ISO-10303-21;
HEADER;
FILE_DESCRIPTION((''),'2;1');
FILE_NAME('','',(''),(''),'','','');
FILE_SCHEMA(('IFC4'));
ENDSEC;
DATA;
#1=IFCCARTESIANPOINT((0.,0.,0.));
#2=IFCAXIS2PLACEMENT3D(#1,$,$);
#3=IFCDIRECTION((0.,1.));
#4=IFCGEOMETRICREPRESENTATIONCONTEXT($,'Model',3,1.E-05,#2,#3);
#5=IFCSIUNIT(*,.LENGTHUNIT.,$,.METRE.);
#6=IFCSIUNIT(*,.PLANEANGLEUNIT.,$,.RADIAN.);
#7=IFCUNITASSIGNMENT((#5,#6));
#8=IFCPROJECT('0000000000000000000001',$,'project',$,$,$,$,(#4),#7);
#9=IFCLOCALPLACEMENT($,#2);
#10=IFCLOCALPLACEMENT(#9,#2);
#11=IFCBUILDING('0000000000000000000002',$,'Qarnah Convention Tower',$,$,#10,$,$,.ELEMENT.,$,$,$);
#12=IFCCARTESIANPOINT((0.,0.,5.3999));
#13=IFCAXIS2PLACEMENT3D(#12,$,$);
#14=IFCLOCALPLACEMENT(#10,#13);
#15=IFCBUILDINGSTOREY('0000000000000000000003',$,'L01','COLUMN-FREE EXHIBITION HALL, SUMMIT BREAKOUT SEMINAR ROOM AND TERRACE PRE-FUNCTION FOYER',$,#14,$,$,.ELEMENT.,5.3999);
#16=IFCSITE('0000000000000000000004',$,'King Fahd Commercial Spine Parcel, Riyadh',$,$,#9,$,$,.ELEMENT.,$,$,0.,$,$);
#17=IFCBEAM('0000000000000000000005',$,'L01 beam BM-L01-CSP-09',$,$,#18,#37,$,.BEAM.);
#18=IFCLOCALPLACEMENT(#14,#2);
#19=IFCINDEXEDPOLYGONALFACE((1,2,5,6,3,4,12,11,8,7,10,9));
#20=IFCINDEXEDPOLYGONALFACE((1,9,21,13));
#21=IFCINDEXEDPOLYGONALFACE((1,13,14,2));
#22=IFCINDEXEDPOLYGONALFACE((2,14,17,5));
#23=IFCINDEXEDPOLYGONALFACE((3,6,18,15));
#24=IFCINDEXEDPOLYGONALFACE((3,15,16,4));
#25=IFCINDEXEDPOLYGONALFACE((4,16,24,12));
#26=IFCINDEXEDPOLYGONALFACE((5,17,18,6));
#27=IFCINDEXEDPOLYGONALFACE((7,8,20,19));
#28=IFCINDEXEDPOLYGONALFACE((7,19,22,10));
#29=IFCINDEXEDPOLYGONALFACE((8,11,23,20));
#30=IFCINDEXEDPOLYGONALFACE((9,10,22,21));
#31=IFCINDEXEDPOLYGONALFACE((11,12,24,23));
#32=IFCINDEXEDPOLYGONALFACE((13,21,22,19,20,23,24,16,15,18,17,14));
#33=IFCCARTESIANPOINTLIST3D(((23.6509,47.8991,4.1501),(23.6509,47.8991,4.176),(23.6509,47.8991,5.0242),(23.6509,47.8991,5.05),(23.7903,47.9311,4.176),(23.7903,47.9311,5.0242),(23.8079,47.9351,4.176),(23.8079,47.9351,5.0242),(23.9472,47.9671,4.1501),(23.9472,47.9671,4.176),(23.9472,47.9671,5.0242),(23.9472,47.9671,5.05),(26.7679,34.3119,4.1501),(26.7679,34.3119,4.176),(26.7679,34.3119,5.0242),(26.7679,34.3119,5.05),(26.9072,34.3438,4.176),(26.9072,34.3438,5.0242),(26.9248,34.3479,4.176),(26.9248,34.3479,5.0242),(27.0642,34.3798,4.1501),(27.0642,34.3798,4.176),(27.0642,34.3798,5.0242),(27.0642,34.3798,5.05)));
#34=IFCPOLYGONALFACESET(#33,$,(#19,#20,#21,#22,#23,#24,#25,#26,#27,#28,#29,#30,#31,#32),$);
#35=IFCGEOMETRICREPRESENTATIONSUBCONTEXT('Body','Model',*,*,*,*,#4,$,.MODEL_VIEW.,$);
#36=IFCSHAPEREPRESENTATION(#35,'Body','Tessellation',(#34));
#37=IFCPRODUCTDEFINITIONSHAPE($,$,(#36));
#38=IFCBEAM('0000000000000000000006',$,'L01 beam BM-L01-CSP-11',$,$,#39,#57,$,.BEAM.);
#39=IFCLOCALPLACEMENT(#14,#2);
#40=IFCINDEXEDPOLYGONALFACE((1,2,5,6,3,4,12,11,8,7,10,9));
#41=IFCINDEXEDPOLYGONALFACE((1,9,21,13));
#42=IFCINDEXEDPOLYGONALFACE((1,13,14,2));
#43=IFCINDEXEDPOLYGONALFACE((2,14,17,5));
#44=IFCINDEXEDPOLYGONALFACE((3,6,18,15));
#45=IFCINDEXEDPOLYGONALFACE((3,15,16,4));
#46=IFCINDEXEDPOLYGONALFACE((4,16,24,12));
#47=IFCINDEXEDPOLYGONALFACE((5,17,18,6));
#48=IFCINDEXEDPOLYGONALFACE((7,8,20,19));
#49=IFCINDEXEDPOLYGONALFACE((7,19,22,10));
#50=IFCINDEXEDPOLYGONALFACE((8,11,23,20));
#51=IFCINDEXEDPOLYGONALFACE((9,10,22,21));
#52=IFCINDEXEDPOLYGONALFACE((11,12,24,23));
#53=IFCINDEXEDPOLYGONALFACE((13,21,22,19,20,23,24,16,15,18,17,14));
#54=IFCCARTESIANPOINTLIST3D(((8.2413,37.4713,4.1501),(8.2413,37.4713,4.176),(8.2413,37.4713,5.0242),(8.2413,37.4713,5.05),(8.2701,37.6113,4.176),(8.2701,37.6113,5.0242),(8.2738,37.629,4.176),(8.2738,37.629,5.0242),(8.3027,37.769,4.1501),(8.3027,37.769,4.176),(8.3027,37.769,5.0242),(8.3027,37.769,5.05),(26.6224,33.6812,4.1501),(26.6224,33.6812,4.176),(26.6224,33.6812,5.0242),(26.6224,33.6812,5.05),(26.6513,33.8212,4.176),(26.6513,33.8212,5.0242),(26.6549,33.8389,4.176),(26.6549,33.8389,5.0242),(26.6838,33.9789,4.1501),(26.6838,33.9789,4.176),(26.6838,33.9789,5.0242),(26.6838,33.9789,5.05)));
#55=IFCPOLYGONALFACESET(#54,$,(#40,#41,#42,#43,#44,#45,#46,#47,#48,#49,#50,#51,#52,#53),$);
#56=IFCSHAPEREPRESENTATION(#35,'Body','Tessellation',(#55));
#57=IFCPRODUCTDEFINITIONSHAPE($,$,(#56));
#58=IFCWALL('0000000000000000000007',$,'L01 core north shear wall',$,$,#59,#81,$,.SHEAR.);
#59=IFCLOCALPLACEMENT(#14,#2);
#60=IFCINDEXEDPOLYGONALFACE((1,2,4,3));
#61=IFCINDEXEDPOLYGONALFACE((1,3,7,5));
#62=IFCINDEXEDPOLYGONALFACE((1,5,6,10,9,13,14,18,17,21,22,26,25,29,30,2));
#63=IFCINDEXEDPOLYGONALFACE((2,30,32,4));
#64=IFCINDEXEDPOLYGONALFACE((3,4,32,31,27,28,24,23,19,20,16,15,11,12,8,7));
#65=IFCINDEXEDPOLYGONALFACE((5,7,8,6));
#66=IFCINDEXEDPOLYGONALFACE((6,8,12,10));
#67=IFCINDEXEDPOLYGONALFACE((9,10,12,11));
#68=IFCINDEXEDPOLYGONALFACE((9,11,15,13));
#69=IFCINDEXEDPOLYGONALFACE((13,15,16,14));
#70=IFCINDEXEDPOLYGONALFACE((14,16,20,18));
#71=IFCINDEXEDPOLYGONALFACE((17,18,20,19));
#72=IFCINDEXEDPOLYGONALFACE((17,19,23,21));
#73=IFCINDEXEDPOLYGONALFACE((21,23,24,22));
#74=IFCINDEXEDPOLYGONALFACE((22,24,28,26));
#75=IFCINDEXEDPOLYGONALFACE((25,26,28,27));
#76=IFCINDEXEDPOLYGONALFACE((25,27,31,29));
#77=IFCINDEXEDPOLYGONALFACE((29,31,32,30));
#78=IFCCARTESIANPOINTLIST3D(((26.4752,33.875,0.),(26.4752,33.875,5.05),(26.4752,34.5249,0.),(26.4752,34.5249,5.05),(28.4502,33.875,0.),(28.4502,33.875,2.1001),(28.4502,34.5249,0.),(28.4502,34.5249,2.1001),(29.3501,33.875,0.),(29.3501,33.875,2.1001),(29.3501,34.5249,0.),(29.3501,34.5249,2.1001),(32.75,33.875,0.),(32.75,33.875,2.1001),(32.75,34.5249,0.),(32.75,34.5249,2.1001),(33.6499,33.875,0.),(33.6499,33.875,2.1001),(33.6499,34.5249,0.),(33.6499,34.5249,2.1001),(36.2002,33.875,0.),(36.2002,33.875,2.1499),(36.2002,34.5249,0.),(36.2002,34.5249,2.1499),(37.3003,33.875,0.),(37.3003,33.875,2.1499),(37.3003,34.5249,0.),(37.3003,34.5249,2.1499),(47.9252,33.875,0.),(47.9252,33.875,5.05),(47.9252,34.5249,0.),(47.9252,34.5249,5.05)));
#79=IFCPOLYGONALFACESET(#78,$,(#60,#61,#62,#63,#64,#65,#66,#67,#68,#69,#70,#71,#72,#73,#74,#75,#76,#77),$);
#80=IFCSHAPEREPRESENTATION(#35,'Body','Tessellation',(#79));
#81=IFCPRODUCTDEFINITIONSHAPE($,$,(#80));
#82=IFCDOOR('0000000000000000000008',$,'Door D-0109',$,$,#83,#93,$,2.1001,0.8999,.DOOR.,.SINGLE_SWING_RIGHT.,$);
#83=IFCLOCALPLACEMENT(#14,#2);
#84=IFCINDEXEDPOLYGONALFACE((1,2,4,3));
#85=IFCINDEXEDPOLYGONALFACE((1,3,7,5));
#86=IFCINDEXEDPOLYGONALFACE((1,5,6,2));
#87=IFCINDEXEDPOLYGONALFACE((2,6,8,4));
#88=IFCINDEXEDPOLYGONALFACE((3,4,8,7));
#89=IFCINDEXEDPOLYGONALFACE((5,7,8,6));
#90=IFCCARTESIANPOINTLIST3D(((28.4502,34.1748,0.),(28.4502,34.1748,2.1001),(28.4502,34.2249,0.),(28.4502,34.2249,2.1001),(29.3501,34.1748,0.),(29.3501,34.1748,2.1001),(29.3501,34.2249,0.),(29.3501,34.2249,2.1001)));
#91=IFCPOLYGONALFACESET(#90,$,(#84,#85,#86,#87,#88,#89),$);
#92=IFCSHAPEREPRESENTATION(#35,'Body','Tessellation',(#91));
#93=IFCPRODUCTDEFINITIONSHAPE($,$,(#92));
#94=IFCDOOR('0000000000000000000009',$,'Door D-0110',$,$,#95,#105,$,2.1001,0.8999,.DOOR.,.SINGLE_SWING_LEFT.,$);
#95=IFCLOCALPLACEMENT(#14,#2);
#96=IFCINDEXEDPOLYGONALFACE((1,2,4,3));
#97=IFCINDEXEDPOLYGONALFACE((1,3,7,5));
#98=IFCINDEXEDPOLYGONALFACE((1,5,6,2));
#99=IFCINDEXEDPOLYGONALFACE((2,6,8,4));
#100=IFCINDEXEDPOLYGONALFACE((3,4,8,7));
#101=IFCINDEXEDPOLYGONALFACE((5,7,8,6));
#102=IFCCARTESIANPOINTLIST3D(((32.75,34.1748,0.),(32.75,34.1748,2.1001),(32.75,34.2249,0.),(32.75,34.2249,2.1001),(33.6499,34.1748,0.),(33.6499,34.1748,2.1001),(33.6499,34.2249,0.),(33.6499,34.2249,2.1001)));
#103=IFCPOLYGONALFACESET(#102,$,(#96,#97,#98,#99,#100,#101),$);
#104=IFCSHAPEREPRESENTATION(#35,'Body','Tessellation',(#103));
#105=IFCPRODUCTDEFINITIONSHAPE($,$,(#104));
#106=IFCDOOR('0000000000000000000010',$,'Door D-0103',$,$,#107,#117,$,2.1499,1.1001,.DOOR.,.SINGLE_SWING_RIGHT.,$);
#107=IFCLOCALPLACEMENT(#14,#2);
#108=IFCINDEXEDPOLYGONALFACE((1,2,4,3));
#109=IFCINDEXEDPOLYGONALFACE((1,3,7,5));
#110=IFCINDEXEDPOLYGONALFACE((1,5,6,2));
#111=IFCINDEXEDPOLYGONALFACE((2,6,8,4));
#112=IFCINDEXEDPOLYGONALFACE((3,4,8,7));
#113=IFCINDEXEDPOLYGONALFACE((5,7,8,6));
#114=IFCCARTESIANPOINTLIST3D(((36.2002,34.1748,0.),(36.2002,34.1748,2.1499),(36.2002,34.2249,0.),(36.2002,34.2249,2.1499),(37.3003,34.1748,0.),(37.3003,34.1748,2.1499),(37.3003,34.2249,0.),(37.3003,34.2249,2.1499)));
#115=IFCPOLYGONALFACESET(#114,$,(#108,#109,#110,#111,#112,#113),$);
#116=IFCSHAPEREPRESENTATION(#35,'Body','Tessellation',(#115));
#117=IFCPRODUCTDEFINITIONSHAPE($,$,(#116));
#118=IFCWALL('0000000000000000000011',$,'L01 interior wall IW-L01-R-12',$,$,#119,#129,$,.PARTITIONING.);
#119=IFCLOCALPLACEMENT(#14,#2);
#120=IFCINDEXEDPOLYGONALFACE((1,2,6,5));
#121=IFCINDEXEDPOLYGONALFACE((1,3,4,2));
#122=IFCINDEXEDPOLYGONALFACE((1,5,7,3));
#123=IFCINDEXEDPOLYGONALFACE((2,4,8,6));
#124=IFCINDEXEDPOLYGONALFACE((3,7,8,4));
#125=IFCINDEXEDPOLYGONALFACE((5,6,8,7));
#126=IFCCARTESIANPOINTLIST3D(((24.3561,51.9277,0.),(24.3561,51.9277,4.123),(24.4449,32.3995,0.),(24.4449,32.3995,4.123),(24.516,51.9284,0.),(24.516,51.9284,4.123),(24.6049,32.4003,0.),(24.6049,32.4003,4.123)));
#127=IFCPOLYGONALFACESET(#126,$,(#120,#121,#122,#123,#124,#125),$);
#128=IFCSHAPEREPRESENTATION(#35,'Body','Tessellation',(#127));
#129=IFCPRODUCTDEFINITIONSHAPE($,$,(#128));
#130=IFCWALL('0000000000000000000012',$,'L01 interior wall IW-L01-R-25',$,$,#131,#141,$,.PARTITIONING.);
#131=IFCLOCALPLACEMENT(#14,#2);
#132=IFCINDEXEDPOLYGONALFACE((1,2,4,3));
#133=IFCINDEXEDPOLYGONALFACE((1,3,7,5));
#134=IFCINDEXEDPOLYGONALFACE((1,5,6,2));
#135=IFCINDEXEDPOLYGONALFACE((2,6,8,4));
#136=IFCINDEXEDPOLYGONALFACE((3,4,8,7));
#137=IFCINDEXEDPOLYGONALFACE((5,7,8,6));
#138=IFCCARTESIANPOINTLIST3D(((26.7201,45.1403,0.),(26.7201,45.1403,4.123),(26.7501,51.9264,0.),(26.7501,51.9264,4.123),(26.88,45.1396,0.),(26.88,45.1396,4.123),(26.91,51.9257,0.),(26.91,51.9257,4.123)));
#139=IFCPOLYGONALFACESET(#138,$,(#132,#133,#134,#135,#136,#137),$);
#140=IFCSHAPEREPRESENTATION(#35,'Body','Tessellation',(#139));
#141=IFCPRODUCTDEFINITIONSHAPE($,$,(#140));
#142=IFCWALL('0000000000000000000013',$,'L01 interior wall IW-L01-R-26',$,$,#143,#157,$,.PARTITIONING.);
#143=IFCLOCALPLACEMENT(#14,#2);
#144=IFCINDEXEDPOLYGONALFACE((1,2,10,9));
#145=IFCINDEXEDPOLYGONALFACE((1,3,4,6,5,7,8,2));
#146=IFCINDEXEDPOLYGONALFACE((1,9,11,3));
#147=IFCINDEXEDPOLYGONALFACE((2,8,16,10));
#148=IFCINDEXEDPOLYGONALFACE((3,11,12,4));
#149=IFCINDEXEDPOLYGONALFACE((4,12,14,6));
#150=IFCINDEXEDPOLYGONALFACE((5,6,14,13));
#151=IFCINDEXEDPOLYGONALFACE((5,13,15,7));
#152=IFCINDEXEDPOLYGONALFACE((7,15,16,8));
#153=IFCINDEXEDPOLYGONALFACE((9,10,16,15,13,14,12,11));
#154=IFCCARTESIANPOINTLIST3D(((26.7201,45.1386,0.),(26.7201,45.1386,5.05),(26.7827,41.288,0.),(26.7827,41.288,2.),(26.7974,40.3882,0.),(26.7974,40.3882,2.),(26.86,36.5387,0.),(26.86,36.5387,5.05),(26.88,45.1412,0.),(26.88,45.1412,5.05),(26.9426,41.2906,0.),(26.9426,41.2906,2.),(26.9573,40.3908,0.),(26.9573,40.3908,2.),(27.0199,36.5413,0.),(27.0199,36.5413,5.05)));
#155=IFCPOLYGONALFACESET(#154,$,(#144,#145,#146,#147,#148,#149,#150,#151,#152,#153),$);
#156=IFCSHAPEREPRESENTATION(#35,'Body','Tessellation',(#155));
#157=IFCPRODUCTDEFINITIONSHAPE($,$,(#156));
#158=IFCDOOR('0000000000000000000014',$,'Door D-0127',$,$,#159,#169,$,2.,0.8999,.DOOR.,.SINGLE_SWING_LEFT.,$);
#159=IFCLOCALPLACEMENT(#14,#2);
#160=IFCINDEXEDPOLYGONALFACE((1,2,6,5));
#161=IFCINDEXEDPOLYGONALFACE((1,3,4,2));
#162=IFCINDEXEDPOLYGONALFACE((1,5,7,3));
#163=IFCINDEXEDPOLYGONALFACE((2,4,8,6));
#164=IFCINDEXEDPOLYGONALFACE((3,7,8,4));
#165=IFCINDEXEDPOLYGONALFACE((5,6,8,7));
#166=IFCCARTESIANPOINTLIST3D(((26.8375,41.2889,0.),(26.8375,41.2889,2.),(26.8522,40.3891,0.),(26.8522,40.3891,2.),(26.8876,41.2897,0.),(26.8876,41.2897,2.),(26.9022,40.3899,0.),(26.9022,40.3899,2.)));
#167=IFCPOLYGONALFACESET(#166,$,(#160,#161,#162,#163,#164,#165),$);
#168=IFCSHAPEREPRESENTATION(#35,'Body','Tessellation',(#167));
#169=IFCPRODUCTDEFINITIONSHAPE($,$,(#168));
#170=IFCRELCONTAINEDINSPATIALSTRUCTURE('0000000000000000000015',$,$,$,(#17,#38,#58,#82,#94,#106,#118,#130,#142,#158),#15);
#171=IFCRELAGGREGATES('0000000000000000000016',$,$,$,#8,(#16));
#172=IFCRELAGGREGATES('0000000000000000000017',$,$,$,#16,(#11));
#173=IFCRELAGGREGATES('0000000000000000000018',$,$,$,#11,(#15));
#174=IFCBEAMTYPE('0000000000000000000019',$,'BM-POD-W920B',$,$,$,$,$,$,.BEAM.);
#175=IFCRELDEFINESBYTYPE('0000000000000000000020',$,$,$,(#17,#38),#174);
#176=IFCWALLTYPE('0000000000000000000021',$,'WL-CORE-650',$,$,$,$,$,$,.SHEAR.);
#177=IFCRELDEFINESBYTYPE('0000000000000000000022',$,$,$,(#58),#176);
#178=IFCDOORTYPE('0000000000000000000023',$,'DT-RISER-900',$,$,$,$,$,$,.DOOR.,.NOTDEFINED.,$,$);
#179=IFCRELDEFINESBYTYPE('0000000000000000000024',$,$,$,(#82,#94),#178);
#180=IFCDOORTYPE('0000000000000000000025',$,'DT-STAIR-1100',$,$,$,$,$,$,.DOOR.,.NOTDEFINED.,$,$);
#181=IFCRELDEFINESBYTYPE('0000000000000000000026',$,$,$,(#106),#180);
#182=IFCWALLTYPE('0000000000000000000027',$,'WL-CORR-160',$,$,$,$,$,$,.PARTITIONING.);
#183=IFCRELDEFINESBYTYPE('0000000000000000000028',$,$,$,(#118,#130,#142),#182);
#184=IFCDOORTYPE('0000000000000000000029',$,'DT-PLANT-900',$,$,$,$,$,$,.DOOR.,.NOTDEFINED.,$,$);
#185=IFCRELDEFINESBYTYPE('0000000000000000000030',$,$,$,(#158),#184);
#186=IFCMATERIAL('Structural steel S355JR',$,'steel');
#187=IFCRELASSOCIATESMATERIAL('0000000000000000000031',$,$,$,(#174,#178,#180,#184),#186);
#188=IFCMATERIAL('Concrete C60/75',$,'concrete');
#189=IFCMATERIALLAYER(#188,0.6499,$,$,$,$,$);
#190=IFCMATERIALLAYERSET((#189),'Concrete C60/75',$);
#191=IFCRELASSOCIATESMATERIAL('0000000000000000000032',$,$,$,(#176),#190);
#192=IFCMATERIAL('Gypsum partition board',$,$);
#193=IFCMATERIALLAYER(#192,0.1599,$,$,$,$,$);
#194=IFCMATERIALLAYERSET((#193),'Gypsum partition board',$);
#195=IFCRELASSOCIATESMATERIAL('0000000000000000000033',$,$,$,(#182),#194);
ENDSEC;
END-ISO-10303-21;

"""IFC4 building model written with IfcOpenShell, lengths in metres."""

from ifc_helpers import new_model, si_unit, direction, frame, frame_2d, origin, origin_2d, place, context, subcontext, project, spatial, rectangle, i_section, extrude, material, layer, layer_set, material_profile, profile_set, type_object, element, fill, save


model = new_model("IFC4")

# Units and contexts
model_context = context("Model", 3, precision=1e-05, world=origin(), true_north=direction((0.0, 1.0)))
body_context = subcontext(model_context, "Body", "Model", "MODEL_VIEW")
ifc_project = project(units=[si_unit("LENGTHUNIT", "METRE"), si_unit("PLANEANGLEUNIT", "RADIAN")], contexts=[model_context])

# Site, building, storey
site_placement = place(None, origin())
site = spatial("IfcSite", under=ifc_project, at=site_placement, Name="King Fahd Commercial Spine Parcel, Riyadh", CompositionType="ELEMENT", RefElevation=0.0)
building_placement = place(site_placement, origin())
building = spatial("IfcBuilding", under=site, at=building_placement, Name="Qarnah Convention Tower", CompositionType="ELEMENT")
storey_placement = place(building_placement, frame((0.0, 0.0, 5.3999)))
storey = spatial("IfcBuildingStorey", under=building, at=storey_placement, Name="L01", Description="COLUMN-FREE EXHIBITION HALL, SUMMIT BREAKOUT SEMINAR ROOM AND TERRACE PRE-FUNCTION FOYER", CompositionType="ELEMENT", Elevation=5.3999)

# Shared definitions
ifc_material_1 = material(Name="Concrete C60/75", Category="concrete")

# Beams
ifc_material_2 = material(Name="Structural steel S355JR", Category="steel")
ifc_material_profile_1 = material_profile(ifc_material_2, i_section(OverallWidth=0.304, OverallDepth=0.8999, WebThickness=0.0181, FlangeThickness=0.0259, at=origin_2d()), Name="W920X271")
ifc_profile_set_1 = profile_set([ifc_material_profile_1], Name="Structural steel S355JR")
beam_type_1 = type_object("IfcBeamType", Name="BM-POD-W920B", PredefinedType="BEAM", material=ifc_profile_set_1)
beam_1_placement = place(storey_placement, frame((23.7991, 47.9331, 4.6001), z_axis=(0.223596, -0.974682, 0.0), x_axis=(0.974682, 0.223596, 0.0)))
element("IfcBeam", 1, at=beam_1_placement, inside=storey, type_object=beam_type_1, Name="L01 beam BM-L01-CSP-09", PredefinedType="BEAM", context=body_context, shape_type="SweptSolid", body=[
    extrude(i_section(OverallWidth=0.304, OverallDepth=0.8999, WebThickness=0.0181, FlangeThickness=0.0259, at=origin_2d()), origin(), (0.0, 0.0, 1.0), 13.9402),
])
beam_2_placement = place(storey_placement, frame((8.272, 37.6201, 4.6001), z_axis=(0.979397, -0.201944, 0.0), x_axis=(0.201944, 0.979397, 0.0)))
element("IfcBeam", 2, at=beam_2_placement, inside=storey, type_object=beam_type_1, Name="L01 beam BM-L01-CSP-11", PredefinedType="BEAM", context=body_context, shape_type="SweptSolid", body=[
    extrude(i_section(OverallWidth=0.304, OverallDepth=0.8999, WebThickness=0.0181, FlangeThickness=0.0259, at=origin_2d()), origin(), (0.0, 0.0, 1.0), 18.7678),
])

# Wall, openings, doors
ifc_layer_1 = layer(ifc_material_1, 0.6499)
ifc_layer_set_1 = layer_set([ifc_layer_1], Name="Concrete C60/75")
wall_type_1 = type_object("IfcWallType", Name="WL-CORE-650", PredefinedType="SHEAR", material=ifc_layer_set_1)
wall_1_placement = place(storey_placement, frame((26.4751, 34.2, 0.0), z_axis=(0.0, 0.0, 1.0), x_axis=(1.0, 0.0, 0.0)))
wall_1 = element("IfcWall", 3, at=wall_1_placement, inside=storey, type_object=wall_type_1, Name="L01 core north shear wall", PredefinedType="SHEAR", context=body_context, shape_type="SweptSolid", body=[
    extrude(rectangle(XDim=21.45, YDim=0.6499, at=frame_2d((10.7251, 0.0))), origin(), (0.0, 0.0, 1.0), 5.05),
])
opening_1_placement = place(wall_1_placement, frame((9.7251, 0.0, 0.0)))
opening_1 = element("IfcOpeningElement", 4, at=opening_1_placement, cuts=wall_1, PredefinedType="OPENING", context=body_context, shape_type="SweptSolid", body=[
    extrude(rectangle(XDim=1.1001, YDim=2.1499, at=frame_2d((0.55, 1.075))), frame((0.0, 0.335, 0.0), z_axis=(0.0, -1.0, 0.0), x_axis=(1.0, 0.0, 0.0)), (0.0, 0.0, 1.0), 0.6699),
])
opening_2_placement = place(wall_1_placement, frame((1.9751, 0.0, 0.0)))
opening_2 = element("IfcOpeningElement", 5, at=opening_2_placement, cuts=wall_1, PredefinedType="OPENING", context=body_context, shape_type="SweptSolid", body=[
    extrude(rectangle(XDim=0.8999, YDim=2.1001, at=frame_2d((0.45, 1.05))), frame((0.0, 0.335, 0.0), z_axis=(0.0, -1.0, 0.0), x_axis=(1.0, 0.0, 0.0)), (0.0, 0.0, 1.0), 0.6699),
])
opening_3_placement = place(wall_1_placement, frame((6.2749, 0.0, 0.0)))
opening_3 = element("IfcOpeningElement", 6, at=opening_3_placement, cuts=wall_1, PredefinedType="OPENING", context=body_context, shape_type="SweptSolid", body=[
    extrude(rectangle(XDim=0.8999, YDim=2.1001, at=frame_2d((0.45, 1.05))), frame((0.0, 0.335, 0.0), z_axis=(0.0, -1.0, 0.0), x_axis=(1.0, 0.0, 0.0)), (0.0, 0.0, 1.0), 0.6699),
])
door_type_1 = type_object("IfcDoorType", Name="DT-RISER-900", OperationType="NOTDEFINED", PredefinedType="DOOR", material=ifc_material_2)
door_1_placement = place(opening_2_placement, origin())
door_1 = element("IfcDoor", 7, at=door_1_placement, inside=storey, type_object=door_type_1, Name="Door D-0109", OperationType="SINGLE_SWING_RIGHT", OverallHeight=2.1001, OverallWidth=0.8999, PredefinedType="DOOR", context=body_context, shape_type="SweptSolid", body=[
    extrude(rectangle(XDim=0.8999, YDim=2.1001, at=frame_2d((0.45, 1.05))), frame((0.0, 0.0249, 0.0), z_axis=(0.0, -1.0, 0.0), x_axis=(1.0, 0.0, 0.0)), (0.0, 0.0, 1.0), 0.05),
])
fill(opening_2, door_1)
door_2_placement = place(opening_3_placement, origin())
door_2 = element("IfcDoor", 8, at=door_2_placement, inside=storey, type_object=door_type_1, Name="Door D-0110", OperationType="SINGLE_SWING_LEFT", OverallHeight=2.1001, OverallWidth=0.8999, PredefinedType="DOOR", context=body_context, shape_type="SweptSolid", body=[
    extrude(rectangle(XDim=0.8999, YDim=2.1001, at=frame_2d((0.45, 1.05))), frame((0.0, 0.0249, 0.0), z_axis=(0.0, -1.0, 0.0), x_axis=(1.0, 0.0, 0.0)), (0.0, 0.0, 1.0), 0.05),
])
fill(opening_3, door_2)
door_type_2 = type_object("IfcDoorType", Name="DT-STAIR-1100", OperationType="NOTDEFINED", PredefinedType="DOOR", material=ifc_material_2)
door_3_placement = place(opening_1_placement, origin())
door_3 = element("IfcDoor", 9, at=door_3_placement, inside=storey, type_object=door_type_2, Name="Door D-0103", OperationType="SINGLE_SWING_RIGHT", OverallHeight=2.1499, OverallWidth=1.1001, PredefinedType="DOOR", context=body_context, shape_type="SweptSolid", body=[
    extrude(rectangle(XDim=1.1001, YDim=2.1499, at=frame_2d((0.55, 1.075))), frame((0.0, 0.0249, 0.0), z_axis=(0.0, -1.0, 0.0), x_axis=(1.0, 0.0, 0.0)), (0.0, 0.0, 1.0), 0.05),
])
fill(opening_1, door_3)

# Walls
ifc_material_3 = material(Name="Gypsum partition board")
ifc_layer_2 = layer(ifc_material_3, 0.1599)
ifc_layer_set_2 = layer_set([ifc_layer_2], Name="Gypsum partition board")
wall_type_2 = type_object("IfcWallType", Name="WL-CORR-160", PredefinedType="PARTITIONING", material=ifc_layer_set_2)
wall_2_placement = place(storey_placement, frame((24.5249, 32.3999, 0.0), z_axis=(0.0, 0.0, 1.0), x_axis=(-0.004551, 0.99999, 0.0)))
element("IfcWall", 10, at=wall_2_placement, inside=storey, type_object=wall_type_2, Name="L01 interior wall IW-L01-R-12", PredefinedType="PARTITIONING", context=body_context, shape_type="SweptSolid", body=[
    extrude(rectangle(XDim=19.5283, YDim=0.1599, at=frame_2d((9.7642, 0.0))), origin(), (0.0, 0.0, 1.0), 4.123),
])
wall_3_placement = place(storey_placement, frame((26.8301, 51.926, 0.0), z_axis=(0.0, 0.0, 1.0), x_axis=(-0.004425, -0.99999, 0.0)))
element("IfcWall", 11, at=wall_3_placement, inside=storey, type_object=wall_type_2, Name="L01 interior wall IW-L01-R-25", PredefinedType="PARTITIONING", context=body_context, shape_type="SweptSolid", body=[
    extrude(rectangle(XDim=6.7861, YDim=0.1599, at=frame_2d((3.3931, 0.0))), origin(), (0.0, 0.0, 1.0), 4.123),
])

# Wall, opening, door
wall_4_placement = place(storey_placement, frame((26.8, 45.1399, 0.0), z_axis=(0.0, 0.0, 1.0), x_axis=(0.016265, -0.999868, 0.0)))
wall_4 = element("IfcWall", 12, at=wall_4_placement, inside=storey, type_object=wall_type_2, Name="L01 interior wall IW-L01-R-26", PredefinedType="PARTITIONING", context=body_context, shape_type="SweptSolid", body=[
    extrude(rectangle(XDim=8.6011, YDim=0.1599, at=frame_2d((4.3005, 0.0))), origin(), (0.0, 0.0, 1.0), 5.05),
])
opening_4_placement = place(wall_4_placement, frame((3.8511, 0.0, 0.0)))
opening_4 = element("IfcOpeningElement", 13, at=opening_4_placement, cuts=wall_4, PredefinedType="OPENING", context=body_context, shape_type="SweptSolid", body=[
    extrude(rectangle(XDim=0.8999, YDim=2.0, at=frame_2d((0.45, 1.0))), frame((0.0, 0.0898, 0.0), z_axis=(0.0, -1.0, 0.0), x_axis=(1.0, 0.0, 0.0)), (0.0, 0.0, 1.0), 0.1799),
])
door_type_3 = type_object("IfcDoorType", Name="DT-PLANT-900", OperationType="NOTDEFINED", PredefinedType="DOOR", material=ifc_material_2)
door_4_placement = place(opening_4_placement, origin())
door_4 = element("IfcDoor", 14, at=door_4_placement, inside=storey, type_object=door_type_3, Name="Door D-0127", OperationType="SINGLE_SWING_LEFT", OverallHeight=2.0, OverallWidth=0.8999, PredefinedType="DOOR", context=body_context, shape_type="SweptSolid", body=[
    extrude(rectangle(XDim=0.8999, YDim=2.0, at=frame_2d((0.45, 1.0))), frame((0.0, 0.0249, 0.0), z_axis=(0.0, -1.0, 0.0), x_axis=(1.0, 0.0, 0.0)), (0.0, 0.0, 1.0), 0.05),
])
fill(opening_4, door_4)

save(model, "model.ifc")
